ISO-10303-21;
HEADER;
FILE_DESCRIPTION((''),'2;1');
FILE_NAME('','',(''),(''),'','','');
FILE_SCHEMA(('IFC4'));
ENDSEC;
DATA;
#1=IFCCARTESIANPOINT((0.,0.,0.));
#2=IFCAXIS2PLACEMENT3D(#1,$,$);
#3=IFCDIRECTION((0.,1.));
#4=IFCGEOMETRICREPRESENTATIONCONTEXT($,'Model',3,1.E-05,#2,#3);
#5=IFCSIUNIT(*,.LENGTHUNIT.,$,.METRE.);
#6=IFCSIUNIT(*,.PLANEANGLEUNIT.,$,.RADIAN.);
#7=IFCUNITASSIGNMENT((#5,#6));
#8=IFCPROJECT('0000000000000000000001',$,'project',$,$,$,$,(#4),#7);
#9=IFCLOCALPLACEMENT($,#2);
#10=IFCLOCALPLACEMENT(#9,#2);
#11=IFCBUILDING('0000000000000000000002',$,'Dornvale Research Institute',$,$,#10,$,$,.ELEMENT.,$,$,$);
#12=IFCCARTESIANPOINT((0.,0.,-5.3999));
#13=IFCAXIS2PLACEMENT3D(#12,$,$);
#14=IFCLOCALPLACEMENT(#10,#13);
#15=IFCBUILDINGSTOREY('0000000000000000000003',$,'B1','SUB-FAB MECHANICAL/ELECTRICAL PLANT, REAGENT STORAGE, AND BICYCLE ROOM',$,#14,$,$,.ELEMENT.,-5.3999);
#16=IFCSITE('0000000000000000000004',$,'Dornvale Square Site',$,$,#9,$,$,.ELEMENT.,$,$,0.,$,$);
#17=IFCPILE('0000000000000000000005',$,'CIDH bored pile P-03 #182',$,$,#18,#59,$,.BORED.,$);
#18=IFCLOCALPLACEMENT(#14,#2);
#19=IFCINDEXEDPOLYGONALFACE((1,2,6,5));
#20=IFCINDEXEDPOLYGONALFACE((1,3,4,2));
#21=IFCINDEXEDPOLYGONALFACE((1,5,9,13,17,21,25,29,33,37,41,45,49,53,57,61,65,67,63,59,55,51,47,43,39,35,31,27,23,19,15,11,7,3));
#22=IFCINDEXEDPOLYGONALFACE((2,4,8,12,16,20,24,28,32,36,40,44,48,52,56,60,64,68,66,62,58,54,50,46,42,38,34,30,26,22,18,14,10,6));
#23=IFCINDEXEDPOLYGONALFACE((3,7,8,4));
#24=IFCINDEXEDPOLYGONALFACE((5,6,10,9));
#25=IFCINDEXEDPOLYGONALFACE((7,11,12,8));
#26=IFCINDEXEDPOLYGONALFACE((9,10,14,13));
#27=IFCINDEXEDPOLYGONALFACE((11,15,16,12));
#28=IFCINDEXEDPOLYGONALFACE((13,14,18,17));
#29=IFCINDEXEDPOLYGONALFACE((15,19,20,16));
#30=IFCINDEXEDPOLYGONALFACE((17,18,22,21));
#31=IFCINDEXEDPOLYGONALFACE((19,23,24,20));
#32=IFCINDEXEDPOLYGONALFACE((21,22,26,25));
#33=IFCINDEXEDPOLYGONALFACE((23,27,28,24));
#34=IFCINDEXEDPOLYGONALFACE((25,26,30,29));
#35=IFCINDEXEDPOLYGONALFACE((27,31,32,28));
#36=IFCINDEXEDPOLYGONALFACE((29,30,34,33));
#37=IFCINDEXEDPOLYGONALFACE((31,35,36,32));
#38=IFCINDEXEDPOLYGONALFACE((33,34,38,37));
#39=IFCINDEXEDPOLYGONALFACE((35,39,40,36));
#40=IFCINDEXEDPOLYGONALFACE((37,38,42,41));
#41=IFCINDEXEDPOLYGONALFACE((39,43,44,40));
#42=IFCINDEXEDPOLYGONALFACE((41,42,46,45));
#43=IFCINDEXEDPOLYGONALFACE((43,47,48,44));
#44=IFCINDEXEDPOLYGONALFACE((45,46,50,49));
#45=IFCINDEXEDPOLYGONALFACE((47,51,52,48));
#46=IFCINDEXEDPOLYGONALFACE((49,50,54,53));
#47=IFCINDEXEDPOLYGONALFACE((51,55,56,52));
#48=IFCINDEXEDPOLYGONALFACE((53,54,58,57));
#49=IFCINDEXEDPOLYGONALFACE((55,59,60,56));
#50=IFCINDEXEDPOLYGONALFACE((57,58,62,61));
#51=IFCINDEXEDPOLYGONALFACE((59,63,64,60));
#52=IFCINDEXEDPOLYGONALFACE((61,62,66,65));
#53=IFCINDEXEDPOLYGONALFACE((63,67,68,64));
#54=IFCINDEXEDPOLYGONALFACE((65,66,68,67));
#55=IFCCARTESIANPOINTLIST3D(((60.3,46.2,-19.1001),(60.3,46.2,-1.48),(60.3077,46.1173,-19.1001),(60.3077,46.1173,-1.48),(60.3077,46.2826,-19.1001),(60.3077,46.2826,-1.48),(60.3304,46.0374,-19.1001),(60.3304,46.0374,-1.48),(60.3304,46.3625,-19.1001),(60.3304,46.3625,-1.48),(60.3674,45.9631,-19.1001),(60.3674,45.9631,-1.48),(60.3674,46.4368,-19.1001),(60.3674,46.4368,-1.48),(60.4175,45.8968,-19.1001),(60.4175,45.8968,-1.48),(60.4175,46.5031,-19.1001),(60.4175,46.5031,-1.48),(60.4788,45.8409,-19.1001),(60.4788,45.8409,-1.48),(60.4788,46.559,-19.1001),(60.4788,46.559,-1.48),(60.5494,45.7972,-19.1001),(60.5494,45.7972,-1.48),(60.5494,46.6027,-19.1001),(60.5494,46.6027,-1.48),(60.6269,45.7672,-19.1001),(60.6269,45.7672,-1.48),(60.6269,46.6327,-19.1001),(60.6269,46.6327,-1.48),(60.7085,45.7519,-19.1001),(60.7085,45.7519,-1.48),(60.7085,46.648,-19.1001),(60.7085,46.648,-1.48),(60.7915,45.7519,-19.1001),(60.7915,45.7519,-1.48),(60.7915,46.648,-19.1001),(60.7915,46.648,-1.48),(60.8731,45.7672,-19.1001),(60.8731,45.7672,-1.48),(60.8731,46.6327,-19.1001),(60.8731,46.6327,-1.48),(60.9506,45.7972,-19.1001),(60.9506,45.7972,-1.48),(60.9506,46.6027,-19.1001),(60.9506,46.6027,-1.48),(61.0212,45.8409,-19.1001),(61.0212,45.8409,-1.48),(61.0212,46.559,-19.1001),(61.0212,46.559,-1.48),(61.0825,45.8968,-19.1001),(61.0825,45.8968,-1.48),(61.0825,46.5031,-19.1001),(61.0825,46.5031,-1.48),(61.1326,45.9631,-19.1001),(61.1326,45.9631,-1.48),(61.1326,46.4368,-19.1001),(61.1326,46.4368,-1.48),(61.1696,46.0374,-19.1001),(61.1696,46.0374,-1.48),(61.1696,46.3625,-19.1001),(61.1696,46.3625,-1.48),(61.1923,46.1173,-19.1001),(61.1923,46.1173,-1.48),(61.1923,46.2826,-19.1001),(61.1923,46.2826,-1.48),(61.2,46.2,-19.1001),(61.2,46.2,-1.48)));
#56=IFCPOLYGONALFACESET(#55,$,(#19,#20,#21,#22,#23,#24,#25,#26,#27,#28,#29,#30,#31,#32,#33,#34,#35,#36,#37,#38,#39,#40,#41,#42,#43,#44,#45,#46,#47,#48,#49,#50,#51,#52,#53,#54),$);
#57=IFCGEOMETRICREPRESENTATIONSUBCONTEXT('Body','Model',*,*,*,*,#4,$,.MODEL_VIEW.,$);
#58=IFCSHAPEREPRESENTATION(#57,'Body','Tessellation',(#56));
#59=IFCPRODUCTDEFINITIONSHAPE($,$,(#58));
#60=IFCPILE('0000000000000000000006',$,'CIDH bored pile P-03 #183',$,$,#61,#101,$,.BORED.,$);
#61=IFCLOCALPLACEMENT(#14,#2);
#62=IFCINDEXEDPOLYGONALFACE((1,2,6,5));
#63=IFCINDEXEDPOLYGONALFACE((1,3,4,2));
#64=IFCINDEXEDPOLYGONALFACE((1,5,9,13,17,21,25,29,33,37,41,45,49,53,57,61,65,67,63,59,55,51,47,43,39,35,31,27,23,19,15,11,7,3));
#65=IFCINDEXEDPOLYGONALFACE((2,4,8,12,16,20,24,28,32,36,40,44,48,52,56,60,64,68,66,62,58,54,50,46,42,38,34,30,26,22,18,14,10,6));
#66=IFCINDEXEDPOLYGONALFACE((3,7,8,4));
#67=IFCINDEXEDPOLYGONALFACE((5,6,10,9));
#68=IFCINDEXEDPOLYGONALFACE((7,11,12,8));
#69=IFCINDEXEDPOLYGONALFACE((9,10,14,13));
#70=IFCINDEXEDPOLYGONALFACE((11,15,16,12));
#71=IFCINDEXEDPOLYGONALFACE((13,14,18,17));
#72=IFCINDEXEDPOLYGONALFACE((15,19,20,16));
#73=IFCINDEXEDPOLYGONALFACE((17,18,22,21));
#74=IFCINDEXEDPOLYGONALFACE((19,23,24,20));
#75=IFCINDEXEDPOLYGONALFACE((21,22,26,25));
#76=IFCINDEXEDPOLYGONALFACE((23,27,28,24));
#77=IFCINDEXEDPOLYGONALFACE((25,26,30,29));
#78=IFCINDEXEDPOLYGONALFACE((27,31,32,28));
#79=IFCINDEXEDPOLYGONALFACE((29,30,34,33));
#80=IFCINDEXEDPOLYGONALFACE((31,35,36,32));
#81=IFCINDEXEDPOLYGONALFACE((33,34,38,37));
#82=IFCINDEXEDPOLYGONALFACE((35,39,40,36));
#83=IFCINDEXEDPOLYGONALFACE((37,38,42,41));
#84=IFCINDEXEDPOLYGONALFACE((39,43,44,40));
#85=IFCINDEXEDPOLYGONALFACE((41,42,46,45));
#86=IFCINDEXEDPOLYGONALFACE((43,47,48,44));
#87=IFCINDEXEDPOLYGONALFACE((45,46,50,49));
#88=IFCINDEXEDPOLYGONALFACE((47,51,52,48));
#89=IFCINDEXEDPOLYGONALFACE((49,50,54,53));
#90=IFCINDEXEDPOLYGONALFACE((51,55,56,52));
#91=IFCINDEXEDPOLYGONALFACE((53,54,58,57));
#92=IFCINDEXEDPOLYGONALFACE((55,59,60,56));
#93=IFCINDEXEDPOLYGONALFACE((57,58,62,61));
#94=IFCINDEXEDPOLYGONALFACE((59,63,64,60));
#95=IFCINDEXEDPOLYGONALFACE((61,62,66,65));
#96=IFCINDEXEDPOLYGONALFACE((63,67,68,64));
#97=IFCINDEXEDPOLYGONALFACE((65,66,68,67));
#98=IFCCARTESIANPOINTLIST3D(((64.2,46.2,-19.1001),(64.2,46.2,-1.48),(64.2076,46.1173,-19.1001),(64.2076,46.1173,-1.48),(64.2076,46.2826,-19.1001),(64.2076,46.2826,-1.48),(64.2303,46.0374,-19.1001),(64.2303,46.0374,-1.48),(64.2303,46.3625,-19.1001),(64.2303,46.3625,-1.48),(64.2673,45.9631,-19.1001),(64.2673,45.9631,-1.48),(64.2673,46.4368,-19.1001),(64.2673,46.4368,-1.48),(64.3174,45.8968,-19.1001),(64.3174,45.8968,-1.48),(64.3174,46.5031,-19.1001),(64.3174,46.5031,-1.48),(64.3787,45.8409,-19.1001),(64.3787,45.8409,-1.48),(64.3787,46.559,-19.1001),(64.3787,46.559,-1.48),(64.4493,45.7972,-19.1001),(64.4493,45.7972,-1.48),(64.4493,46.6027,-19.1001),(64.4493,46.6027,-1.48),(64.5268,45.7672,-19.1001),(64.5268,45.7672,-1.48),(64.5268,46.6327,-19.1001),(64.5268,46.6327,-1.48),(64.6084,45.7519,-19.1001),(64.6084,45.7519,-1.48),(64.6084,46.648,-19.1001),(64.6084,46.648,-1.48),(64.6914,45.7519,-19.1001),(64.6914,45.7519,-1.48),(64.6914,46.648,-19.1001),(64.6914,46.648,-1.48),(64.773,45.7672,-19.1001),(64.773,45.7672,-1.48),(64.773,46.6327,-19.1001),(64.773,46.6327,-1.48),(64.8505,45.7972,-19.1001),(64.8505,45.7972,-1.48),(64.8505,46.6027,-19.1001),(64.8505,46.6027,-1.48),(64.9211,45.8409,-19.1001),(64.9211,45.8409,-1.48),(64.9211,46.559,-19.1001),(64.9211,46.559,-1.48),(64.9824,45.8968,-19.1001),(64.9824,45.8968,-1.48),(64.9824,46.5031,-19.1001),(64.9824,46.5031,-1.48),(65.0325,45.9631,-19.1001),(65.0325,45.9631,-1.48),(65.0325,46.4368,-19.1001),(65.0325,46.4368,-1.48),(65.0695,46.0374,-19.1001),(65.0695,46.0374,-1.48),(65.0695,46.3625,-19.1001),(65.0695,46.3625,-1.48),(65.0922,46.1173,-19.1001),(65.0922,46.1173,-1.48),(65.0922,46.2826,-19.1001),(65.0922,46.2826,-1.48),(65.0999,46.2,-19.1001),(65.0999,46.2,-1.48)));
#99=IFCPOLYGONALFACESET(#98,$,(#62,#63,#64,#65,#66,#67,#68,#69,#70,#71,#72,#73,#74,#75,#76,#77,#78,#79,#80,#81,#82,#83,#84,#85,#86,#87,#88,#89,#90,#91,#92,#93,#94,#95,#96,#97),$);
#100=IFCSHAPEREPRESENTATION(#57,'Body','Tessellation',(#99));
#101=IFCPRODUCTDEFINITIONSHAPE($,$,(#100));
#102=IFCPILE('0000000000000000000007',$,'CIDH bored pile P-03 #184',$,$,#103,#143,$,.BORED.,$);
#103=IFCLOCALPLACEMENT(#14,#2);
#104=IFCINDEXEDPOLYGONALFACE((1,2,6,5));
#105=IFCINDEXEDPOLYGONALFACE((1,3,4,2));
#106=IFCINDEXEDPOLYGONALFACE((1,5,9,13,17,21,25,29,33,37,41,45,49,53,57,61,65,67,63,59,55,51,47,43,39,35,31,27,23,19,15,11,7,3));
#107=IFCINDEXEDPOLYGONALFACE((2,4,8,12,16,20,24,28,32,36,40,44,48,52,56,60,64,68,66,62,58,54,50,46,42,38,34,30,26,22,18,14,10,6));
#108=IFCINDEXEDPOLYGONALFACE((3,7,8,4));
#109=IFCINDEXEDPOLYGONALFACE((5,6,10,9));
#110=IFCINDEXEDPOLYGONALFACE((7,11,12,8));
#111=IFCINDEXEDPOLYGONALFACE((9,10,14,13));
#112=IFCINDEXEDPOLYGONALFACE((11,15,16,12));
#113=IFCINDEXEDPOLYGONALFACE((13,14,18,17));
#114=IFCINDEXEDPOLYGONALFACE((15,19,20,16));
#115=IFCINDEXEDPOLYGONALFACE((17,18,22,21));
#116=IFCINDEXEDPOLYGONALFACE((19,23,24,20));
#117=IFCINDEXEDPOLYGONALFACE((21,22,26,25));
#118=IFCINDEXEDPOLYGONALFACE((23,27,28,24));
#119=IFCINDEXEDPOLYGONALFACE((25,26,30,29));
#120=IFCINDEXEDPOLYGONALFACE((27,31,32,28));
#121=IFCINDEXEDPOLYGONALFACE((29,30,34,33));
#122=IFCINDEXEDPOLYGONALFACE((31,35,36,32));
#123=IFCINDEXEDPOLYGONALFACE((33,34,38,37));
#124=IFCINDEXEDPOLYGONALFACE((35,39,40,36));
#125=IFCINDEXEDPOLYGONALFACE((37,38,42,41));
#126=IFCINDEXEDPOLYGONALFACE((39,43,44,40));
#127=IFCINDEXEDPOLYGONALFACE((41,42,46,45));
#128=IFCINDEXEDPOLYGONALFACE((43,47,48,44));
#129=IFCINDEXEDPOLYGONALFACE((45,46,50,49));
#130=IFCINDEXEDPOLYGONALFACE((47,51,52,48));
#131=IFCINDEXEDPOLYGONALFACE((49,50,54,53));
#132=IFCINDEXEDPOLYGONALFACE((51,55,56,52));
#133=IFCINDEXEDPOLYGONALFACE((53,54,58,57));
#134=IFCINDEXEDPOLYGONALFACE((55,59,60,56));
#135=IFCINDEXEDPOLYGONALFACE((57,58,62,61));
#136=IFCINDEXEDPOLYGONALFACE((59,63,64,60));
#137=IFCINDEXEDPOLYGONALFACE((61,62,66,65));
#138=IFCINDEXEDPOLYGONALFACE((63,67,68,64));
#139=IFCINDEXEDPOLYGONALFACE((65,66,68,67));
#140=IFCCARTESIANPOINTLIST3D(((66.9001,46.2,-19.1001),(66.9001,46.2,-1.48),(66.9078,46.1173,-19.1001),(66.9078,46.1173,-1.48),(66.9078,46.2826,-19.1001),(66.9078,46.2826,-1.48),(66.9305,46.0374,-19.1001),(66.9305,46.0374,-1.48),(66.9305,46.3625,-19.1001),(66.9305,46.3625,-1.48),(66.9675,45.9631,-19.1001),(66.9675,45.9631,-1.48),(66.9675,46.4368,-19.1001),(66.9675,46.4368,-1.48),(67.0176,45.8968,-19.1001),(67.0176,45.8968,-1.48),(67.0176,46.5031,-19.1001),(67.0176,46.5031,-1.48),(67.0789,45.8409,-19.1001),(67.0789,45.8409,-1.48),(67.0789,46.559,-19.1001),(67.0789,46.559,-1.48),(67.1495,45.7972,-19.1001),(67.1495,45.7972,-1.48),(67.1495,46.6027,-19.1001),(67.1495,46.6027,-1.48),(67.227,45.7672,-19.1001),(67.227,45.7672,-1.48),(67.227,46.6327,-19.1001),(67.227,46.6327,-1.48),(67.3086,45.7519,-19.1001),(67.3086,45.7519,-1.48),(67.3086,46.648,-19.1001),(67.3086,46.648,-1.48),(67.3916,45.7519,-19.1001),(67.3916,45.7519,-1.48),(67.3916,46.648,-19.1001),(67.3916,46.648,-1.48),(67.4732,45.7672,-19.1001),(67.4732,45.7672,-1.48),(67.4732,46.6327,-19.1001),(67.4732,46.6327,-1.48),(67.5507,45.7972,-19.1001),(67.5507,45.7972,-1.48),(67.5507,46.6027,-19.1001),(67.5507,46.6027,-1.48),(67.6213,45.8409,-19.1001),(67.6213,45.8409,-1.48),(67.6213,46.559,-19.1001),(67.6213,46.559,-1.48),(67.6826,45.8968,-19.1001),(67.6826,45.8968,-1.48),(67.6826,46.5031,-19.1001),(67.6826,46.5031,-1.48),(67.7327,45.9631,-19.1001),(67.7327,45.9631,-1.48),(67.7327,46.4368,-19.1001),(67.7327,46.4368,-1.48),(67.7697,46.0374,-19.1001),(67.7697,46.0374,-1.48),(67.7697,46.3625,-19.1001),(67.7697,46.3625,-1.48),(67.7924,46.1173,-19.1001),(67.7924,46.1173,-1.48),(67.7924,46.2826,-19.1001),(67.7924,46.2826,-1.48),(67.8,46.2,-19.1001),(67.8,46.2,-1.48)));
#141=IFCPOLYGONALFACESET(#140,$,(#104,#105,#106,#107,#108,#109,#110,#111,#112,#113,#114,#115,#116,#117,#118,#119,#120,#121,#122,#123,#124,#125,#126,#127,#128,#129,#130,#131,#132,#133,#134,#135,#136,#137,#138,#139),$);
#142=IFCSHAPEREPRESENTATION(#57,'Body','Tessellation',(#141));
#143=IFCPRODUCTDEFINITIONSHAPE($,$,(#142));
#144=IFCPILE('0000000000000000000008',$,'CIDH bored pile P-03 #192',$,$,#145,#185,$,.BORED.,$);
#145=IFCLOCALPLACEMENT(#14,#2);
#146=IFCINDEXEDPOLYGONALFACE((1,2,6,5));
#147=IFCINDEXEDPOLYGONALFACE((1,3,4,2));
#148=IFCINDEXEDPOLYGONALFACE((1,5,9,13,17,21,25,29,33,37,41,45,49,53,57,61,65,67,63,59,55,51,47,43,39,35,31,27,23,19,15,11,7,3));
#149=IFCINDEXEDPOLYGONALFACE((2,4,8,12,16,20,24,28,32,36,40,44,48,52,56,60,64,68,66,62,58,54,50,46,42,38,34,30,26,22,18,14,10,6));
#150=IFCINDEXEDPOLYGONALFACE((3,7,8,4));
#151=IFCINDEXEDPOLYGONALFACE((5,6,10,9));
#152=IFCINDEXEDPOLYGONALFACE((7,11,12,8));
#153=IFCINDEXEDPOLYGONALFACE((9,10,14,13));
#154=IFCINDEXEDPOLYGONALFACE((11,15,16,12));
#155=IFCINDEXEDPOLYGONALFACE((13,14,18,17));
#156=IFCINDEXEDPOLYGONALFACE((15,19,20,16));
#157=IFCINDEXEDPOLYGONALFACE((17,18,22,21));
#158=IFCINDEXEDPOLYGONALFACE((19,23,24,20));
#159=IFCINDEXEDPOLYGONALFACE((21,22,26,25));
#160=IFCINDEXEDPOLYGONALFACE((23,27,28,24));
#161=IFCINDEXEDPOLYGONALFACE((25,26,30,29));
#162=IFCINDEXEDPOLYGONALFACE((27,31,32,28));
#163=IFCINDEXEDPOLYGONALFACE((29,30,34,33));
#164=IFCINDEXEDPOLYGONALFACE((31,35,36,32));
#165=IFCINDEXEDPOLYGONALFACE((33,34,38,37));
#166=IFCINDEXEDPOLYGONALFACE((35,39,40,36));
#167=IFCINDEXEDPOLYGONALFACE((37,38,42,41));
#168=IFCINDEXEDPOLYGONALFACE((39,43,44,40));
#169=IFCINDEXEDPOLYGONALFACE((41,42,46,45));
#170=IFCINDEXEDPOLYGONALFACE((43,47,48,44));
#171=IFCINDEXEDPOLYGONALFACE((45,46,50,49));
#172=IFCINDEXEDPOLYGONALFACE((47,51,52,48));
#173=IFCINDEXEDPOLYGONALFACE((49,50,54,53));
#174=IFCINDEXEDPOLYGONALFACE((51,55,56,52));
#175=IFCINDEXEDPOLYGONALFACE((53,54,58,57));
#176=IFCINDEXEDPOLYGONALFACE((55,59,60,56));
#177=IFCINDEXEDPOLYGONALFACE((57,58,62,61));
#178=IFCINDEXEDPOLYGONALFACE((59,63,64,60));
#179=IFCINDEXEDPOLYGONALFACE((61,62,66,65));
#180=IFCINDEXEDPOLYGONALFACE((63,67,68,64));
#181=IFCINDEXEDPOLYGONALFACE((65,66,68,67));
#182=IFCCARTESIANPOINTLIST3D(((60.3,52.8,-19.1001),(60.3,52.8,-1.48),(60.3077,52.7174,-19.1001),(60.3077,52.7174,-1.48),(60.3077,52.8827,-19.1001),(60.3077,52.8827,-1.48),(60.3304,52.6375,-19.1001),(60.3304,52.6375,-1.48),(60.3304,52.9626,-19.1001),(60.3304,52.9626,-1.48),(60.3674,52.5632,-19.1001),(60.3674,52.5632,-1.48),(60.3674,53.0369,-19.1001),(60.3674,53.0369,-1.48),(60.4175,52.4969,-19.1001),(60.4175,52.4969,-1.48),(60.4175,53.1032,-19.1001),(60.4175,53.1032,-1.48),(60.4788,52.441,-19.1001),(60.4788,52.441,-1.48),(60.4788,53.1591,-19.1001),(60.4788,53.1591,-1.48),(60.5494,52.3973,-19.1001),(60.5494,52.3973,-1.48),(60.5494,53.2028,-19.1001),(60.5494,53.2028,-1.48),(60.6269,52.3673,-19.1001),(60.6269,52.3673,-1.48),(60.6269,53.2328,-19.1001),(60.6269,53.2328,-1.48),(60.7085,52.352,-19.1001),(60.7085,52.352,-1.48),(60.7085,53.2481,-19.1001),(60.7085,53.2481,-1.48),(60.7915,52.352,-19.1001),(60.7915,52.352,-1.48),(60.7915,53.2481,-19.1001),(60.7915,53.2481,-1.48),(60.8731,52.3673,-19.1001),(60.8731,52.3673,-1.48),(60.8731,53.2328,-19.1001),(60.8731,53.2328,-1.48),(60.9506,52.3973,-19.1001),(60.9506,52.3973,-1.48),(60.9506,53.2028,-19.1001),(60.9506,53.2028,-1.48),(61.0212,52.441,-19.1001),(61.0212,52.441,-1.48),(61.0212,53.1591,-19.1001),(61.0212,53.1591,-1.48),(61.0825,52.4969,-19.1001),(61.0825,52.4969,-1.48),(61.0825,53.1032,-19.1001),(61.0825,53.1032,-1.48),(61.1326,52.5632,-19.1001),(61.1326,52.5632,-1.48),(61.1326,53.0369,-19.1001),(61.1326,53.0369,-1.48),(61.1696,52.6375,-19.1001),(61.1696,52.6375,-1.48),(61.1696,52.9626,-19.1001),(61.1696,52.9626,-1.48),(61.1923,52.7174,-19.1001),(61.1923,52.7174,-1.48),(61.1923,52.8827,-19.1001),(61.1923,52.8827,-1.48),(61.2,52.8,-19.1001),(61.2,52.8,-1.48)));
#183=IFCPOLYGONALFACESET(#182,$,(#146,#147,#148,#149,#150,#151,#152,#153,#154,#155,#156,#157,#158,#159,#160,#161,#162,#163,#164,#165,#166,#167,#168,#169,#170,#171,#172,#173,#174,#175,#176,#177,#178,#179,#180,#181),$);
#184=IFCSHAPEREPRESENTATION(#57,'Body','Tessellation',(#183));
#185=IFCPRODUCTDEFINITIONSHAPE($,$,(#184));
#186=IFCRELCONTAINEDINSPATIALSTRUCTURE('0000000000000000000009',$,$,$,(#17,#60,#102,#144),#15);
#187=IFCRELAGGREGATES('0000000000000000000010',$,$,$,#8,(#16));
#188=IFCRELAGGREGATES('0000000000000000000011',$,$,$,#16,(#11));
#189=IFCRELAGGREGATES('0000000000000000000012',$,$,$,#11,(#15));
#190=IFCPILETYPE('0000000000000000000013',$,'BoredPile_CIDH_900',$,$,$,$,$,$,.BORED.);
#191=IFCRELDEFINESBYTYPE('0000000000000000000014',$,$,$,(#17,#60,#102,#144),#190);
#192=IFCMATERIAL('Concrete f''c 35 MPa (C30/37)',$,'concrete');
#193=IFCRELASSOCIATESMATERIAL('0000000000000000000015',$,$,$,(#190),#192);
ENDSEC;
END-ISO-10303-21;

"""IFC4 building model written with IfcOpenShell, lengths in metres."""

from ifc_helpers import new_model, si_unit, direction, frame, origin, origin_2d, place, context, subcontext, project, spatial, circle, extrude, material, material_profile, profile_set, type_object, element, save


model = new_model("IFC4")

# Units and contexts
model_context = context("Model", 3, precision=1e-05, world=origin(), true_north=direction((0.0, 1.0)))
body_context = subcontext(model_context, "Body", "Model", "MODEL_VIEW")
ifc_project = project(units=[si_unit("LENGTHUNIT", "METRE"), si_unit("PLANEANGLEUNIT", "RADIAN")], contexts=[model_context])

# Site, building, storey
site_placement = place(None, origin())
site = spatial("IfcSite", under=ifc_project, at=site_placement, Name="Dornvale Square Site", CompositionType="ELEMENT", RefElevation=0.0)
building_placement = place(site_placement, origin())
building = spatial("IfcBuilding", under=site, at=building_placement, Name="Dornvale Research Institute", CompositionType="ELEMENT")
storey_placement = place(building_placement, frame((0.0, 0.0, -5.3999)))
storey = spatial("IfcBuildingStorey", under=building, at=storey_placement, Name="B1", Description="SUB-FAB MECHANICAL/ELECTRICAL PLANT, REAGENT STORAGE, AND BICYCLE ROOM", CompositionType="ELEMENT", Elevation=-5.3999)

# Piles
ifc_material_1 = material(Name="Concrete f'c 35 MPa (C30/37)", Category="concrete")
ifc_material_profile_1 = material_profile(ifc_material_1, circle(Radius=0.45, at=origin_2d()), Name="CIDH PILE D900")
ifc_profile_set_1 = profile_set([ifc_material_profile_1], Name="Concrete f'c 35 MPa (C30/37)")
pile_type = type_object("IfcPileType", Name="BoredPile_CIDH_900", PredefinedType="BORED", material=ifc_profile_set_1)
for number, where, z_axis, x_axis, name in (
    (1, (60.75, 46.2, -1.48), (0.0, 0.0, -1.0), (1.0, 0.0, 0.0), "CIDH bored pile P-03 #182"),
    (2, (64.6499, 46.2, -1.48), (0.0, 0.0, -1.0), (1.0, 0.0, 0.0), "CIDH bored pile P-03 #183"),
    (3, (67.3501, 46.2, -1.48), (0.0, 0.0, -1.0), (1.0, 0.0, 0.0), "CIDH bored pile P-03 #184"),
    (4, (60.75, 52.8, -1.48), (0.0, 0.0, -1.0), (1.0, 0.0, 0.0), "CIDH bored pile P-03 #192"),
):
    element("IfcPile", number, at=place(storey_placement, frame(where, z_axis=z_axis, x_axis=x_axis)), inside=storey, type_object=pile_type, Name=name, PredefinedType="BORED", context=body_context, shape_type="SweptSolid", body=[
        extrude(circle(Radius=0.45, at=origin_2d()), origin(), (0.0, 0.0, 1.0), 17.6201),
    ])

save(model, "model.ifc")
